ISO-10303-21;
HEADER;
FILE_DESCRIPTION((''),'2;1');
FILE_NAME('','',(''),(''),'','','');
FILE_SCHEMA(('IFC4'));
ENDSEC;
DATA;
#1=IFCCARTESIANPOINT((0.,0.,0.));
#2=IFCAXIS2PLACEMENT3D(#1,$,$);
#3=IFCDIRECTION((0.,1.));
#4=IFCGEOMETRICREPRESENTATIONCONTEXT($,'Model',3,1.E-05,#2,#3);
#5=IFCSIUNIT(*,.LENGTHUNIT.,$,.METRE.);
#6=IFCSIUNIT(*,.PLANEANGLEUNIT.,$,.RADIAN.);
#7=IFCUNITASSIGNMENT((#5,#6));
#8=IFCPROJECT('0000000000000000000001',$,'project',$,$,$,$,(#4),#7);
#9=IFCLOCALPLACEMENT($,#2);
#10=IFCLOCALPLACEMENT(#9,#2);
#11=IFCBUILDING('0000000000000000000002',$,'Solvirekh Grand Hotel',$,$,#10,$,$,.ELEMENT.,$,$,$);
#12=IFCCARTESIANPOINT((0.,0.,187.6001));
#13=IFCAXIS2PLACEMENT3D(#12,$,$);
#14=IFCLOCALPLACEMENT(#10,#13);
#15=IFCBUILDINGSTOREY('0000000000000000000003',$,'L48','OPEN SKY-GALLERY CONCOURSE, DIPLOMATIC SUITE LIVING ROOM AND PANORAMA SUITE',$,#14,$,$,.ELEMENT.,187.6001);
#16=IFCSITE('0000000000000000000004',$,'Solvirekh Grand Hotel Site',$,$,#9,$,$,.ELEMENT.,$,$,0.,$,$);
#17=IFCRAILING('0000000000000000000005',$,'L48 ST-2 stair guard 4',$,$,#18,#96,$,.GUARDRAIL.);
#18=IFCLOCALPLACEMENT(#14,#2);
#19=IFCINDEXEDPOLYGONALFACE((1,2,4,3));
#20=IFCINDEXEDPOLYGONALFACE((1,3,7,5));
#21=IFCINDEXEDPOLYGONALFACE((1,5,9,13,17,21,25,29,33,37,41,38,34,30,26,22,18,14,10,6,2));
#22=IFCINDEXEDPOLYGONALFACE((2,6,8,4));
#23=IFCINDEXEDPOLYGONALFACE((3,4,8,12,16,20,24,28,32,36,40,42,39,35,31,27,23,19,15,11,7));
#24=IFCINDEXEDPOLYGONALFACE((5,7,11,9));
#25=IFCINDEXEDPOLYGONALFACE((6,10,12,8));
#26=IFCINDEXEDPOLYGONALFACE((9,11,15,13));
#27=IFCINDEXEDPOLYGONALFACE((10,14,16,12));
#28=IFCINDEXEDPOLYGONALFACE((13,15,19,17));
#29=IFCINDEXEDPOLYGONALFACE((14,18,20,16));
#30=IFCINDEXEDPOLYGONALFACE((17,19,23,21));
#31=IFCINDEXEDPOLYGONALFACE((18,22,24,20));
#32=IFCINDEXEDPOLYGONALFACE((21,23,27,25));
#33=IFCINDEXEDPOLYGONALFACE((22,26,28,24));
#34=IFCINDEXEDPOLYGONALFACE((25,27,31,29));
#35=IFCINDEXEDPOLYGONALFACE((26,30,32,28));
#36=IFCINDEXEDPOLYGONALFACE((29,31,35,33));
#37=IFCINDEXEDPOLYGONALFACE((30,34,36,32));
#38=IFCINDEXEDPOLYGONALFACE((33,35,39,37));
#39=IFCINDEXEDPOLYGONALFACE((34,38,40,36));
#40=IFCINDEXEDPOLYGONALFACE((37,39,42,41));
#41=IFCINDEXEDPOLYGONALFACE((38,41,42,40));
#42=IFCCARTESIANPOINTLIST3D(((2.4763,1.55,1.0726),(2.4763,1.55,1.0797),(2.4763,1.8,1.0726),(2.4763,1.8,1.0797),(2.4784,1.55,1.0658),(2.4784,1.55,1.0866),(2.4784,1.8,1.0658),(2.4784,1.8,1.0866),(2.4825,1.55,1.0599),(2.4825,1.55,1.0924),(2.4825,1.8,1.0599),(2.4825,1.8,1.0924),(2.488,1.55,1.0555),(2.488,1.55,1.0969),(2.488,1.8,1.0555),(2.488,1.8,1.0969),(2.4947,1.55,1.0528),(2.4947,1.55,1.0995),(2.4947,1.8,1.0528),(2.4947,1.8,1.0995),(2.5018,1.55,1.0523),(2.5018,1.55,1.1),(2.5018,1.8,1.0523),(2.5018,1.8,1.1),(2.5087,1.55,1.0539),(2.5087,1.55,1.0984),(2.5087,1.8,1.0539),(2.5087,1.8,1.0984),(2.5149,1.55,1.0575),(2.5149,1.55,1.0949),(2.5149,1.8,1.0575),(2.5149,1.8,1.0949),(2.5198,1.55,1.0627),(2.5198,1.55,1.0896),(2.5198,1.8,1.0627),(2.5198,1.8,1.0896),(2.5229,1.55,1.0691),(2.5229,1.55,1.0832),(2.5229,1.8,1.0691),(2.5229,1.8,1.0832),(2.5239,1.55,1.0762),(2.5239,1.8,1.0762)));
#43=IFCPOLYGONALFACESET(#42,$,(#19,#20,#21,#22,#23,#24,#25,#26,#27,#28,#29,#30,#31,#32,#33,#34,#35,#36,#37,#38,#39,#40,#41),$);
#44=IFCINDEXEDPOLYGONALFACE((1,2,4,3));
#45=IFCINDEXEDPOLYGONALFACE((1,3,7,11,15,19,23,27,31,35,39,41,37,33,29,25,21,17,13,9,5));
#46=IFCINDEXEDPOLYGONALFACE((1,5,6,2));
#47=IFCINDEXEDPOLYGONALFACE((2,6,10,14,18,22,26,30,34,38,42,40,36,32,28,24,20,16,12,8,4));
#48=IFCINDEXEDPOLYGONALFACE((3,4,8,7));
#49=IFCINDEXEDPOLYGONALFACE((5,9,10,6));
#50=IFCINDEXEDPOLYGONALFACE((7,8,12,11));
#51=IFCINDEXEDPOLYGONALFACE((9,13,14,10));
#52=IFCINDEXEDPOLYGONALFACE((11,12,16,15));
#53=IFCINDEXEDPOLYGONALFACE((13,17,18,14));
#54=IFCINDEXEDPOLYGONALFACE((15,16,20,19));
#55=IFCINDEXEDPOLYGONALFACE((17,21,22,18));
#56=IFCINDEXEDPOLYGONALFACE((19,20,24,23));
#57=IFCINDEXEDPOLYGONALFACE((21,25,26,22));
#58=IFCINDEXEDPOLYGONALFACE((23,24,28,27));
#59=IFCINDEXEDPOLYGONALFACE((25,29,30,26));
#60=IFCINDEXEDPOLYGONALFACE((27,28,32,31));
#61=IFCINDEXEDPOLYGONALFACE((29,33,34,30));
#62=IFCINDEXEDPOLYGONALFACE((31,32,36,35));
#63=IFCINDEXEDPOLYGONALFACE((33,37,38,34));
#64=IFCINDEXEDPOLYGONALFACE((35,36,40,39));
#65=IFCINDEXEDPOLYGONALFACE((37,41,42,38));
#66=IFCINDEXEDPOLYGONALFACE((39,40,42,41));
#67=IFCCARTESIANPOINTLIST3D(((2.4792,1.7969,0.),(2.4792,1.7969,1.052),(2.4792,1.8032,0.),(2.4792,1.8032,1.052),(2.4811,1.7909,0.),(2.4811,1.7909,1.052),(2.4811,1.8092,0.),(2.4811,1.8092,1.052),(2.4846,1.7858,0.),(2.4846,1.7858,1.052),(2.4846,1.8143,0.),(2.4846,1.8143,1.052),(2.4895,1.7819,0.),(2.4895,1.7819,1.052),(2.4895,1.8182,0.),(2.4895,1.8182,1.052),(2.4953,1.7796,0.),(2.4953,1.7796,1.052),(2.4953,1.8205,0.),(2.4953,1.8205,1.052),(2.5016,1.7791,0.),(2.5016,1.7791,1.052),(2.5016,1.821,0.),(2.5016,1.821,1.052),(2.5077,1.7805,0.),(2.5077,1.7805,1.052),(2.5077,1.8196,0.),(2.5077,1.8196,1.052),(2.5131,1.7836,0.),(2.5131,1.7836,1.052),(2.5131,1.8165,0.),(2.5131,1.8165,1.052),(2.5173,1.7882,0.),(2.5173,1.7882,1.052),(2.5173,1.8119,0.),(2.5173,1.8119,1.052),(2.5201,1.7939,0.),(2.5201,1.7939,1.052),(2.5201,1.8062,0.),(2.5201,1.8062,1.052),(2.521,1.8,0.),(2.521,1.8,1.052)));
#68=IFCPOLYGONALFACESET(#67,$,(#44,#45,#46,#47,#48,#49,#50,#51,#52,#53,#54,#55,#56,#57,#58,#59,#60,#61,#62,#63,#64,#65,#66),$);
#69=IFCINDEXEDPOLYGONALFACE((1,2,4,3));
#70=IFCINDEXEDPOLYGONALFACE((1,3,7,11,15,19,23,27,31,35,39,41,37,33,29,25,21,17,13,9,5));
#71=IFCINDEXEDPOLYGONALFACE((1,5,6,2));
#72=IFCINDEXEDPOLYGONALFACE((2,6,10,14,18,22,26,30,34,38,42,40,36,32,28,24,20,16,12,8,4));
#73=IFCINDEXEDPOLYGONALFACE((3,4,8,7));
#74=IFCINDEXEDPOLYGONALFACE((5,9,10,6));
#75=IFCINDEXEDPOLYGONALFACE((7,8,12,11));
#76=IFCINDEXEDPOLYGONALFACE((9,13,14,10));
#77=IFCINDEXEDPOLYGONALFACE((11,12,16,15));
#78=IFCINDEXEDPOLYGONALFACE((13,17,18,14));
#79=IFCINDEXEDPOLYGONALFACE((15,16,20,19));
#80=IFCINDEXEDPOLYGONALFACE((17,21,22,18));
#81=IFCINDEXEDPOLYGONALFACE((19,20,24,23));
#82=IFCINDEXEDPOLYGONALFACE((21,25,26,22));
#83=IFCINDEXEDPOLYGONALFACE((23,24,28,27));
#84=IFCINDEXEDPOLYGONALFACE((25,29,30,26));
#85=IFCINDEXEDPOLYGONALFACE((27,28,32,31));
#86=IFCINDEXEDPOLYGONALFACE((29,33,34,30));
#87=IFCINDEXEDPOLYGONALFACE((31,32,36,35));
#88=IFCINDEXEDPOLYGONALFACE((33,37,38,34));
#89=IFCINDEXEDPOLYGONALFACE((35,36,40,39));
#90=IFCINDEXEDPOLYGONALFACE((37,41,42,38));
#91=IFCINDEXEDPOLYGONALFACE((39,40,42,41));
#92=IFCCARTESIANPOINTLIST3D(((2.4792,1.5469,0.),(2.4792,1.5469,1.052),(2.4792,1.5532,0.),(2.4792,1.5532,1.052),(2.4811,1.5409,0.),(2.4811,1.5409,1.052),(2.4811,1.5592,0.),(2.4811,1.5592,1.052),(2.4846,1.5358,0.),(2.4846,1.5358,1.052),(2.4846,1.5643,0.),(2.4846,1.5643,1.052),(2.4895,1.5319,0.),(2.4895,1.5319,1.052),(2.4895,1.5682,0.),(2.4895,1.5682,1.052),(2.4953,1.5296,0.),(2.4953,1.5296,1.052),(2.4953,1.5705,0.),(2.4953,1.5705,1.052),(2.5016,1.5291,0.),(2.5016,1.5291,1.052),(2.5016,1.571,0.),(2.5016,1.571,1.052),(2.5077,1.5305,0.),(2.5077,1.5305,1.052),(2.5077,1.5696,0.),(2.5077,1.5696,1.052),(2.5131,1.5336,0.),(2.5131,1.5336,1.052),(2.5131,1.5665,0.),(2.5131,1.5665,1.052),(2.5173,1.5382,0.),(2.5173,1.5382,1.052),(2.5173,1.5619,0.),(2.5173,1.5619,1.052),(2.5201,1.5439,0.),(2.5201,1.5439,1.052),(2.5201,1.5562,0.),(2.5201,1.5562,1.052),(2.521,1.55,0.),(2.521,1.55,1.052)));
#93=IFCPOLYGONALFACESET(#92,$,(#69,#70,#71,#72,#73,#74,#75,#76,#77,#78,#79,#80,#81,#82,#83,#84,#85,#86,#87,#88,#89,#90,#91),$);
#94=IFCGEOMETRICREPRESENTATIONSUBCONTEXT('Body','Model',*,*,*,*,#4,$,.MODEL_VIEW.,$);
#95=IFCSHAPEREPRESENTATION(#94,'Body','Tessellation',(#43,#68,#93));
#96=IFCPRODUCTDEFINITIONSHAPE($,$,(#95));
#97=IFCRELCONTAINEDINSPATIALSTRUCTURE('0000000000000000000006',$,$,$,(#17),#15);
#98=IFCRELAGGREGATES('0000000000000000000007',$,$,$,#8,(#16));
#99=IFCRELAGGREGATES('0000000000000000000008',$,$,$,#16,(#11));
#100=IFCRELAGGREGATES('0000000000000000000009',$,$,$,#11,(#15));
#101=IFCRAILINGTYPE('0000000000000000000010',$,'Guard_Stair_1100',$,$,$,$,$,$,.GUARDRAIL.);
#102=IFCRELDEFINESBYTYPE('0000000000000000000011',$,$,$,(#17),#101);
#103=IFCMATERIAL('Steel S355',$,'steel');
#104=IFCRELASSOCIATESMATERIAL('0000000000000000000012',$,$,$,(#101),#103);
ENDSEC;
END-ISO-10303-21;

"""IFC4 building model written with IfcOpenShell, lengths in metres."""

from ifc_helpers import new_model, si_unit, direction, frame, origin, origin_2d, place, context, subcontext, project, spatial, circle, extrude, material, type_object, element, save


model = new_model("IFC4")

# Units and contexts
model_context = context("Model", 3, precision=1e-05, world=origin(), true_north=direction((0.0, 1.0)))
body_context = subcontext(model_context, "Body", "Model", "MODEL_VIEW")
ifc_project = project(units=[si_unit("LENGTHUNIT", "METRE"), si_unit("PLANEANGLEUNIT", "RADIAN")], contexts=[model_context])

# Site, building, storey
site_placement = place(None, origin())
site = spatial("IfcSite", under=ifc_project, at=site_placement, Name="Solvirekh Grand Hotel Site", CompositionType="ELEMENT", RefElevation=0.0)
building_placement = place(site_placement, origin())
building = spatial("IfcBuilding", under=site, at=building_placement, Name="Solvirekh Grand Hotel", CompositionType="ELEMENT")
storey_placement = place(building_placement, frame((0.0, 0.0, 187.6001)))
storey = spatial("IfcBuildingStorey", under=building, at=storey_placement, Name="L48", Description="OPEN SKY-GALLERY CONCOURSE, DIPLOMATIC SUITE LIVING ROOM AND PANORAMA SUITE", CompositionType="ELEMENT", Elevation=187.6001)

# Railing
ifc_material_1 = material(Name="Steel S355", Category="steel")
railing_type_1 = type_object("IfcRailingType", Name="Guard_Stair_1100", PredefinedType="GUARDRAIL", material=ifc_material_1)
railing_1_placement = place(storey_placement, frame((2.5, 1.8, 0.0)))
element("IfcRailing", 1, at=railing_1_placement, inside=storey, type_object=railing_type_1, Name="L48 ST-2 stair guard 4", PredefinedType="GUARDRAIL", context=body_context, shape_type="SweptSolid", body=[
    extrude(circle(Radius=0.0239, at=origin_2d()), frame((0.0, 0.0, 1.0762), z_axis=(0.0, -1.0, 0.0), x_axis=(1.0, 0.0, 0.0)), (0.0, 0.0, 1.0), 0.25),
    extrude(circle(Radius=0.021, at=origin_2d()), origin(), (0.0, 0.0, 1.0), 1.052),
    extrude(circle(Radius=0.021, at=origin_2d()), frame((0.0, -0.25, 0.0)), (0.0, 0.0, 1.0), 1.052),
])

save(model, "model.ifc")
